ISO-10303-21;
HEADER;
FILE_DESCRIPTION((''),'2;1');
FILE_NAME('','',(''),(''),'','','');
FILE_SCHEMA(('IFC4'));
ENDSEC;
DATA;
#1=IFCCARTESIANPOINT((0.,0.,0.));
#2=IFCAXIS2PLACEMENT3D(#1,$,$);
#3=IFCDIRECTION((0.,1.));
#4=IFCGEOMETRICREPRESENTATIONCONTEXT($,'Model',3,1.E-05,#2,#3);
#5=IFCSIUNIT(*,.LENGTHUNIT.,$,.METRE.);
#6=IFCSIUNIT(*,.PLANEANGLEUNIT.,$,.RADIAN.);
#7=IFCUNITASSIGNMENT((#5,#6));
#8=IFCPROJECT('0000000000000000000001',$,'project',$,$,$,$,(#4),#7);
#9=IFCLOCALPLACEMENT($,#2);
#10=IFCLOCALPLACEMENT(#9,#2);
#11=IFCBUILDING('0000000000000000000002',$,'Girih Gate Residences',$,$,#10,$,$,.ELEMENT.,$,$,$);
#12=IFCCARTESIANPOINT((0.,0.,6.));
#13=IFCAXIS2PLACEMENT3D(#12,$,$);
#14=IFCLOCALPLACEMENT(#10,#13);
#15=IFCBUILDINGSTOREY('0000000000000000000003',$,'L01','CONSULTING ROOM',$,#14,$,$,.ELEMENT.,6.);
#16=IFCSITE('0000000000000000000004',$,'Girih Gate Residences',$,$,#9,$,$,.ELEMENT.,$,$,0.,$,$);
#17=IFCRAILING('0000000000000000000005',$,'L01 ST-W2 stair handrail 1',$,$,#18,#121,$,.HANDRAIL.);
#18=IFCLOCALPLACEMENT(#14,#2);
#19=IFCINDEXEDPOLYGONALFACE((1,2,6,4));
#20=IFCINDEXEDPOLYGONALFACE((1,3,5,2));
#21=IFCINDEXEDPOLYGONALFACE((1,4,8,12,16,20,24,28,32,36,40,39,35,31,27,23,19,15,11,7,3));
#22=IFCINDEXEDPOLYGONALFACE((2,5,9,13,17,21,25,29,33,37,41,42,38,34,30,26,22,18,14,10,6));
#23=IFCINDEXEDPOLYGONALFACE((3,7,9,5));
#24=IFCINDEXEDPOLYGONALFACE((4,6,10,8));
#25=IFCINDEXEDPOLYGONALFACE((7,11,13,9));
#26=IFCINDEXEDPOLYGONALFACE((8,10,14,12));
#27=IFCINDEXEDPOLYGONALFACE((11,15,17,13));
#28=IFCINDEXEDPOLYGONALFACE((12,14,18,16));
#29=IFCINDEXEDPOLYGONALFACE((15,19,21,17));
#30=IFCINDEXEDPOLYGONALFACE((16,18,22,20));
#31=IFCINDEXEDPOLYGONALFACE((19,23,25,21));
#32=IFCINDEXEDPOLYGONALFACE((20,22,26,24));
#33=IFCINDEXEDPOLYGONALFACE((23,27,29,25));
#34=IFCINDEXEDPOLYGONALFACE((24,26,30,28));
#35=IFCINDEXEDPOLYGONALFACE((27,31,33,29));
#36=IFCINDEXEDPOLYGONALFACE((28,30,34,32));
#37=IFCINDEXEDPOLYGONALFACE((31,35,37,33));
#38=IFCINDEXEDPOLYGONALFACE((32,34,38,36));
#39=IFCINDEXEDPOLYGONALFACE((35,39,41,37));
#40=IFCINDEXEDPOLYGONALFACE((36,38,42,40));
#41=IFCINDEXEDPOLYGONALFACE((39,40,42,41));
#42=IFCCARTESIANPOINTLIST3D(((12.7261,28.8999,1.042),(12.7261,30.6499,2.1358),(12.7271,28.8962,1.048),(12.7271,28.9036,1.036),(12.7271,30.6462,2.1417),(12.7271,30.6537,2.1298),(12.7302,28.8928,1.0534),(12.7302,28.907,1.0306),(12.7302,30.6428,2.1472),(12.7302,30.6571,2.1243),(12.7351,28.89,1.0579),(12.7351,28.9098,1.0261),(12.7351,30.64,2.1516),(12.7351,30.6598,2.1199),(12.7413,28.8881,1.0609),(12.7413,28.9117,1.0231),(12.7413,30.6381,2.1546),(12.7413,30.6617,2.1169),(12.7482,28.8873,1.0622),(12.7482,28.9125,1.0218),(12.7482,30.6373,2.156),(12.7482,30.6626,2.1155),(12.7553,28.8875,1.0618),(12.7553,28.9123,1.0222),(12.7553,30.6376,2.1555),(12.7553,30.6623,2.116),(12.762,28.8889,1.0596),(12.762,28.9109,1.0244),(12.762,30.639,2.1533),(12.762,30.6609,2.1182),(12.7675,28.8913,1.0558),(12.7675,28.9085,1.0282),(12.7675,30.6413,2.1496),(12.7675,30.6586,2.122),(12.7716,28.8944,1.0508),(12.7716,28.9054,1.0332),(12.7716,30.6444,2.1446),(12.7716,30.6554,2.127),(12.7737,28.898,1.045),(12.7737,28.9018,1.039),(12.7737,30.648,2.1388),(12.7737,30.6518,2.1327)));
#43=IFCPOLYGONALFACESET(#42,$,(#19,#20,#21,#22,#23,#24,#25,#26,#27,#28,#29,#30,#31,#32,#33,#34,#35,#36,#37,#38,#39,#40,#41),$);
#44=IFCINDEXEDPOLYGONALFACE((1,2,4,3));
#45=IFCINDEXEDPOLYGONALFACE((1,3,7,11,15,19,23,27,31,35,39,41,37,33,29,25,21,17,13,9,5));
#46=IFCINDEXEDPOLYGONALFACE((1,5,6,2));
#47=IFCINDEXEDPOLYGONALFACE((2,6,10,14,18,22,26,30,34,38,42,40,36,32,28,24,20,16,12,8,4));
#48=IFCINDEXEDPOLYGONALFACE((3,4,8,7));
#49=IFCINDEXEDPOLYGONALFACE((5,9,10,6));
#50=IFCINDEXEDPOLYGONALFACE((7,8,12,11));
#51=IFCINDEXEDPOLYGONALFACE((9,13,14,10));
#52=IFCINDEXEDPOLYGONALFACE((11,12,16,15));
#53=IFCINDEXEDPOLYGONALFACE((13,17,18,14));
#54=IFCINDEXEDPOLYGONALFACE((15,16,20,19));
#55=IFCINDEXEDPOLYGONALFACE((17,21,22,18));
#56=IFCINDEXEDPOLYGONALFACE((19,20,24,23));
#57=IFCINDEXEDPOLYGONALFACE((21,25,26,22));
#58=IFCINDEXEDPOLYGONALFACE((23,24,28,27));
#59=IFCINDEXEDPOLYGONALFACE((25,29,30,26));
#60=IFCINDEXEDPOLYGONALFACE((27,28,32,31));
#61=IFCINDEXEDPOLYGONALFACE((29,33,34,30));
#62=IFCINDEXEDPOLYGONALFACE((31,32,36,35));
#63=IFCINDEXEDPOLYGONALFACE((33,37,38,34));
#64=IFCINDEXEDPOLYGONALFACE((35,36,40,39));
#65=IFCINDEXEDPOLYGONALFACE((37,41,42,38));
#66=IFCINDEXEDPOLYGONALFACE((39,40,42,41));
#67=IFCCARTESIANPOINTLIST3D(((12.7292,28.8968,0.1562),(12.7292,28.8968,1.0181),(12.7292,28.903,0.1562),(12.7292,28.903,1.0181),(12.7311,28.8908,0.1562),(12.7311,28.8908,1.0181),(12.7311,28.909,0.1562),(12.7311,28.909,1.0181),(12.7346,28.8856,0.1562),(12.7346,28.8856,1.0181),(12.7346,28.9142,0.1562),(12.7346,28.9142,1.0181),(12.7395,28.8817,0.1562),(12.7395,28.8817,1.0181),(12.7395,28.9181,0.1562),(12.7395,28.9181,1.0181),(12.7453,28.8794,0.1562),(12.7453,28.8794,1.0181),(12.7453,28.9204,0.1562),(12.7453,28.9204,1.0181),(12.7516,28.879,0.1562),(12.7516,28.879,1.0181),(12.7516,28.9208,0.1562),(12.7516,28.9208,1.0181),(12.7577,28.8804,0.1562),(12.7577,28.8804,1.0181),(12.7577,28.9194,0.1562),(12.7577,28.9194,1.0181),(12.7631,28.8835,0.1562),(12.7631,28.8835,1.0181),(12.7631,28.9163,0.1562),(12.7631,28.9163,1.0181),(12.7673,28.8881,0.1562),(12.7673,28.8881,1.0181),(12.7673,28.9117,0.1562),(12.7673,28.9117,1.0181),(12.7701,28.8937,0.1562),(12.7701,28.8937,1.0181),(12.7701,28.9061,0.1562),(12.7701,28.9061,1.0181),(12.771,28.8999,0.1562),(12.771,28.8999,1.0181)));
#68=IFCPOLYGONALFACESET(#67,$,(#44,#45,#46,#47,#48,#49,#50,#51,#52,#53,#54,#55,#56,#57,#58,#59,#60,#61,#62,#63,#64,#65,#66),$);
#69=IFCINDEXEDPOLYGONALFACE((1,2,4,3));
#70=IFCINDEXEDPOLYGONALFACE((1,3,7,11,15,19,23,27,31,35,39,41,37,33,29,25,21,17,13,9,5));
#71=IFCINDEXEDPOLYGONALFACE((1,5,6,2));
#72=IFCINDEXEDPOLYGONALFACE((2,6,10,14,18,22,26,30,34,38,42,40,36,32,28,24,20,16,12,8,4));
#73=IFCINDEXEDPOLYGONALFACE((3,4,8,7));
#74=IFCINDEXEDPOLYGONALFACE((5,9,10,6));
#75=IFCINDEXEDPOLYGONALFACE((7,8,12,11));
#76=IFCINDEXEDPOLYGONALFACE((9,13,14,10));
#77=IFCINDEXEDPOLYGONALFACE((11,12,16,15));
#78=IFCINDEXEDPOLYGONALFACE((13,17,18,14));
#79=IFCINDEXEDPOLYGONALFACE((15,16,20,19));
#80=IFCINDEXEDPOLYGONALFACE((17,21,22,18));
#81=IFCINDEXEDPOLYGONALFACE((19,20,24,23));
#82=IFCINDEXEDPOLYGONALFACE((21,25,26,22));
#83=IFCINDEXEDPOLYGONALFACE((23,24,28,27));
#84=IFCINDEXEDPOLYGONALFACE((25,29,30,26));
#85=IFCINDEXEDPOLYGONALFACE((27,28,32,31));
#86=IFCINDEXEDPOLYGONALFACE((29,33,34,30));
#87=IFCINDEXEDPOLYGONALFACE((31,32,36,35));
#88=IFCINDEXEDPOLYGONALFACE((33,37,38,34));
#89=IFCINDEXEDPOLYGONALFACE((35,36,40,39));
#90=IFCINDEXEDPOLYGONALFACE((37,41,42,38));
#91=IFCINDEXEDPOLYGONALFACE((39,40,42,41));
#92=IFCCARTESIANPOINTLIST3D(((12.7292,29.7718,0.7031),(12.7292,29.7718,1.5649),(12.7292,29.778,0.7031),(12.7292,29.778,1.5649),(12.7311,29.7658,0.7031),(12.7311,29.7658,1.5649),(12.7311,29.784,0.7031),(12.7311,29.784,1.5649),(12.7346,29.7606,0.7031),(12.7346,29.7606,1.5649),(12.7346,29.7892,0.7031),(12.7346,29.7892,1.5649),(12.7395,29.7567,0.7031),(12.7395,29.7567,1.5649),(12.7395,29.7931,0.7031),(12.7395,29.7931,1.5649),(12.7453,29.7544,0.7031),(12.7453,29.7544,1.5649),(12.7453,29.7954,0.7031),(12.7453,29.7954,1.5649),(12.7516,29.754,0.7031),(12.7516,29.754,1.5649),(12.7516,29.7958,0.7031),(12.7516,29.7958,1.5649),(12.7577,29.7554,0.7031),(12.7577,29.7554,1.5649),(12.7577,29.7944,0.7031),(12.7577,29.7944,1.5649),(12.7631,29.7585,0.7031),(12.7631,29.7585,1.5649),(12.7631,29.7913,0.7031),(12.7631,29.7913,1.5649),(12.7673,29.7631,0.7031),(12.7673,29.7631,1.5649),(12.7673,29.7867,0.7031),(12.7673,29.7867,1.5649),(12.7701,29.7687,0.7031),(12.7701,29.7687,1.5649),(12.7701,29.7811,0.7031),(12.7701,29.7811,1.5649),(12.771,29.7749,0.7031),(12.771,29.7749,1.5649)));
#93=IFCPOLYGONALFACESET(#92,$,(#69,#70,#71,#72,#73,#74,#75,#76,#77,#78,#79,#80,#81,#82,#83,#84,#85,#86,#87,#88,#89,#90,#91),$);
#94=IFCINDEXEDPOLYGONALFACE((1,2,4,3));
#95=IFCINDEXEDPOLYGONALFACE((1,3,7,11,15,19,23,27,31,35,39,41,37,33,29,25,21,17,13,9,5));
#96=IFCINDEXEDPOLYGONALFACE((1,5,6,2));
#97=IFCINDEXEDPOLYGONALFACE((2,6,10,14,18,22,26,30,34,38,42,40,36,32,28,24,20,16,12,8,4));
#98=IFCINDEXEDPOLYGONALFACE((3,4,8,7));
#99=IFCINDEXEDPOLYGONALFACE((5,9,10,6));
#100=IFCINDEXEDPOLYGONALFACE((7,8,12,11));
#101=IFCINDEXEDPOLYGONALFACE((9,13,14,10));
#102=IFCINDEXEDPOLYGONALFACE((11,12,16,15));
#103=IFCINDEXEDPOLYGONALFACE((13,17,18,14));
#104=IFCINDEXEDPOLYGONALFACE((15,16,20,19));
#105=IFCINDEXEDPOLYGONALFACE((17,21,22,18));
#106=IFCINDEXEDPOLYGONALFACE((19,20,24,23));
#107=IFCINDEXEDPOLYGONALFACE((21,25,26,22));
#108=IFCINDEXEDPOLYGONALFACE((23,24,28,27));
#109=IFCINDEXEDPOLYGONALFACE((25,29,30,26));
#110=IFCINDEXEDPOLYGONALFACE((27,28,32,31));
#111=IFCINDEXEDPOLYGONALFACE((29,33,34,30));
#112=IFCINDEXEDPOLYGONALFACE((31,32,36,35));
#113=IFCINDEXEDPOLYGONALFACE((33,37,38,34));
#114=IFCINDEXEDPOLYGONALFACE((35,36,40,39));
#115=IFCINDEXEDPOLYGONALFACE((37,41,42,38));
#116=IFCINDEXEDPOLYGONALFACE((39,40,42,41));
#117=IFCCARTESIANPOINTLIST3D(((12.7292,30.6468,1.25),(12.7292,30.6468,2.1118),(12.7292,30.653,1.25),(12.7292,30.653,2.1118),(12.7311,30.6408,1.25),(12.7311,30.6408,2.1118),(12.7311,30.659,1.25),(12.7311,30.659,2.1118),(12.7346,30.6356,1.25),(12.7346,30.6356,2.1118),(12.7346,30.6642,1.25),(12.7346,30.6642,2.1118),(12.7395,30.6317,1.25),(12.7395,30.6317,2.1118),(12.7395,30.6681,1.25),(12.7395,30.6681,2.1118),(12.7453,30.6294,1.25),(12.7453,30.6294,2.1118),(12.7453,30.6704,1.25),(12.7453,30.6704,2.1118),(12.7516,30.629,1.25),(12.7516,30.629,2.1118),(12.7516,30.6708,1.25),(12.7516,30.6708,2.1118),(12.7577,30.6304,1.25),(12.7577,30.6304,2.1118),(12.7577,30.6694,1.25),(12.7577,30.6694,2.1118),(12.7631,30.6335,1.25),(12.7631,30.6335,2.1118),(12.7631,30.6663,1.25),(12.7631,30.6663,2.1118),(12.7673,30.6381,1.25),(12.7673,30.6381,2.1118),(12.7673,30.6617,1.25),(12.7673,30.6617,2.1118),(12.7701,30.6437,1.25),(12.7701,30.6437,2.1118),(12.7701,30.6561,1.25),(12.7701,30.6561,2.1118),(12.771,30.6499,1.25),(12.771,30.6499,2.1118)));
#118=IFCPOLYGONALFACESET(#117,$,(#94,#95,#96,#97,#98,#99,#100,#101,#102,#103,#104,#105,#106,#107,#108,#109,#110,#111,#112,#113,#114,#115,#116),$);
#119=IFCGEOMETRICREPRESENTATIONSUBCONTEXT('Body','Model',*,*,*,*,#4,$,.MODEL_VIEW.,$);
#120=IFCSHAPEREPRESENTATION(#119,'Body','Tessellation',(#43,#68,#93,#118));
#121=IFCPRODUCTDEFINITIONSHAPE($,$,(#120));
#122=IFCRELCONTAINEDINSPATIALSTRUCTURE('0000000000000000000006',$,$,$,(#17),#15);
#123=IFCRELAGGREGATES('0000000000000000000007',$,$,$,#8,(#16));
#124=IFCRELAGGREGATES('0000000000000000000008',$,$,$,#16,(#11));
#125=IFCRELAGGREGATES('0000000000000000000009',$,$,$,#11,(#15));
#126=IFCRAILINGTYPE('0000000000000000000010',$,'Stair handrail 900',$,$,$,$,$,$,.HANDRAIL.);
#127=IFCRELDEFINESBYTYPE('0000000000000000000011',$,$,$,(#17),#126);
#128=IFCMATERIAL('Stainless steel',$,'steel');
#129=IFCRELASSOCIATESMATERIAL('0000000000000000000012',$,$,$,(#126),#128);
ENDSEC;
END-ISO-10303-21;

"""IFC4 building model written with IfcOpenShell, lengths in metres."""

from ifc_helpers import new_model, si_unit, direction, frame, origin, origin_2d, place, context, subcontext, project, spatial, circle, extrude, material, type_object, element, save


model = new_model("IFC4")

# Units and contexts
model_context = context("Model", 3, precision=1e-05, world=origin(), true_north=direction((0.0, 1.0)))
body_context = subcontext(model_context, "Body", "Model", "MODEL_VIEW")
ifc_project = project(units=[si_unit("LENGTHUNIT", "METRE"), si_unit("PLANEANGLEUNIT", "RADIAN")], contexts=[model_context])

# Site, building, storey
site_placement = place(None, origin())
site = spatial("IfcSite", under=ifc_project, at=site_placement, Name="Girih Gate Residences", CompositionType="ELEMENT", RefElevation=0.0)
building_placement = place(site_placement, origin())
building = spatial("IfcBuilding", under=site, at=building_placement, Name="Girih Gate Residences", CompositionType="ELEMENT")
storey_placement = place(building_placement, frame((0.0, 0.0, 6.0)))
storey = spatial("IfcBuildingStorey", under=building, at=storey_placement, Name="L01", Description="CONSULTING ROOM", CompositionType="ELEMENT", Elevation=6.0)

# Railing
ifc_material_1 = material(Name="Stainless steel", Category="steel")
railing_type_1 = type_object("IfcRailingType", Name="Stair handrail 900", PredefinedType="HANDRAIL", material=ifc_material_1)
railing_1_placement = place(storey_placement, frame((12.75, 28.8999, 0.1562)))
element("IfcRailing", 1, at=railing_1_placement, inside=storey, type_object=railing_type_1, Name="L01 ST-W2 stair handrail 1", PredefinedType="HANDRAIL", context=body_context, shape_type="SweptSolid", body=[
    extrude(circle(Radius=0.0239, at=origin_2d()), frame((0.0, 0.0, 0.8857), z_axis=(0.0, 0.847998, 0.529999), x_axis=(-1.0, 0.0, 0.0)), (0.0, 0.0, 1.0), 2.0637),
    extrude(circle(Radius=0.021, at=origin_2d()), origin(), (0.0, 0.0, 1.0), 0.8618),
    extrude(circle(Radius=0.021, at=origin_2d()), frame((0.0, 0.875, 0.5469)), (0.0, 0.0, 1.0), 0.8618),
    extrude(circle(Radius=0.021, at=origin_2d()), frame((0.0, 1.75, 1.0938)), (0.0, 0.0, 1.0), 0.8618),
])

save(model, "model.ifc")
